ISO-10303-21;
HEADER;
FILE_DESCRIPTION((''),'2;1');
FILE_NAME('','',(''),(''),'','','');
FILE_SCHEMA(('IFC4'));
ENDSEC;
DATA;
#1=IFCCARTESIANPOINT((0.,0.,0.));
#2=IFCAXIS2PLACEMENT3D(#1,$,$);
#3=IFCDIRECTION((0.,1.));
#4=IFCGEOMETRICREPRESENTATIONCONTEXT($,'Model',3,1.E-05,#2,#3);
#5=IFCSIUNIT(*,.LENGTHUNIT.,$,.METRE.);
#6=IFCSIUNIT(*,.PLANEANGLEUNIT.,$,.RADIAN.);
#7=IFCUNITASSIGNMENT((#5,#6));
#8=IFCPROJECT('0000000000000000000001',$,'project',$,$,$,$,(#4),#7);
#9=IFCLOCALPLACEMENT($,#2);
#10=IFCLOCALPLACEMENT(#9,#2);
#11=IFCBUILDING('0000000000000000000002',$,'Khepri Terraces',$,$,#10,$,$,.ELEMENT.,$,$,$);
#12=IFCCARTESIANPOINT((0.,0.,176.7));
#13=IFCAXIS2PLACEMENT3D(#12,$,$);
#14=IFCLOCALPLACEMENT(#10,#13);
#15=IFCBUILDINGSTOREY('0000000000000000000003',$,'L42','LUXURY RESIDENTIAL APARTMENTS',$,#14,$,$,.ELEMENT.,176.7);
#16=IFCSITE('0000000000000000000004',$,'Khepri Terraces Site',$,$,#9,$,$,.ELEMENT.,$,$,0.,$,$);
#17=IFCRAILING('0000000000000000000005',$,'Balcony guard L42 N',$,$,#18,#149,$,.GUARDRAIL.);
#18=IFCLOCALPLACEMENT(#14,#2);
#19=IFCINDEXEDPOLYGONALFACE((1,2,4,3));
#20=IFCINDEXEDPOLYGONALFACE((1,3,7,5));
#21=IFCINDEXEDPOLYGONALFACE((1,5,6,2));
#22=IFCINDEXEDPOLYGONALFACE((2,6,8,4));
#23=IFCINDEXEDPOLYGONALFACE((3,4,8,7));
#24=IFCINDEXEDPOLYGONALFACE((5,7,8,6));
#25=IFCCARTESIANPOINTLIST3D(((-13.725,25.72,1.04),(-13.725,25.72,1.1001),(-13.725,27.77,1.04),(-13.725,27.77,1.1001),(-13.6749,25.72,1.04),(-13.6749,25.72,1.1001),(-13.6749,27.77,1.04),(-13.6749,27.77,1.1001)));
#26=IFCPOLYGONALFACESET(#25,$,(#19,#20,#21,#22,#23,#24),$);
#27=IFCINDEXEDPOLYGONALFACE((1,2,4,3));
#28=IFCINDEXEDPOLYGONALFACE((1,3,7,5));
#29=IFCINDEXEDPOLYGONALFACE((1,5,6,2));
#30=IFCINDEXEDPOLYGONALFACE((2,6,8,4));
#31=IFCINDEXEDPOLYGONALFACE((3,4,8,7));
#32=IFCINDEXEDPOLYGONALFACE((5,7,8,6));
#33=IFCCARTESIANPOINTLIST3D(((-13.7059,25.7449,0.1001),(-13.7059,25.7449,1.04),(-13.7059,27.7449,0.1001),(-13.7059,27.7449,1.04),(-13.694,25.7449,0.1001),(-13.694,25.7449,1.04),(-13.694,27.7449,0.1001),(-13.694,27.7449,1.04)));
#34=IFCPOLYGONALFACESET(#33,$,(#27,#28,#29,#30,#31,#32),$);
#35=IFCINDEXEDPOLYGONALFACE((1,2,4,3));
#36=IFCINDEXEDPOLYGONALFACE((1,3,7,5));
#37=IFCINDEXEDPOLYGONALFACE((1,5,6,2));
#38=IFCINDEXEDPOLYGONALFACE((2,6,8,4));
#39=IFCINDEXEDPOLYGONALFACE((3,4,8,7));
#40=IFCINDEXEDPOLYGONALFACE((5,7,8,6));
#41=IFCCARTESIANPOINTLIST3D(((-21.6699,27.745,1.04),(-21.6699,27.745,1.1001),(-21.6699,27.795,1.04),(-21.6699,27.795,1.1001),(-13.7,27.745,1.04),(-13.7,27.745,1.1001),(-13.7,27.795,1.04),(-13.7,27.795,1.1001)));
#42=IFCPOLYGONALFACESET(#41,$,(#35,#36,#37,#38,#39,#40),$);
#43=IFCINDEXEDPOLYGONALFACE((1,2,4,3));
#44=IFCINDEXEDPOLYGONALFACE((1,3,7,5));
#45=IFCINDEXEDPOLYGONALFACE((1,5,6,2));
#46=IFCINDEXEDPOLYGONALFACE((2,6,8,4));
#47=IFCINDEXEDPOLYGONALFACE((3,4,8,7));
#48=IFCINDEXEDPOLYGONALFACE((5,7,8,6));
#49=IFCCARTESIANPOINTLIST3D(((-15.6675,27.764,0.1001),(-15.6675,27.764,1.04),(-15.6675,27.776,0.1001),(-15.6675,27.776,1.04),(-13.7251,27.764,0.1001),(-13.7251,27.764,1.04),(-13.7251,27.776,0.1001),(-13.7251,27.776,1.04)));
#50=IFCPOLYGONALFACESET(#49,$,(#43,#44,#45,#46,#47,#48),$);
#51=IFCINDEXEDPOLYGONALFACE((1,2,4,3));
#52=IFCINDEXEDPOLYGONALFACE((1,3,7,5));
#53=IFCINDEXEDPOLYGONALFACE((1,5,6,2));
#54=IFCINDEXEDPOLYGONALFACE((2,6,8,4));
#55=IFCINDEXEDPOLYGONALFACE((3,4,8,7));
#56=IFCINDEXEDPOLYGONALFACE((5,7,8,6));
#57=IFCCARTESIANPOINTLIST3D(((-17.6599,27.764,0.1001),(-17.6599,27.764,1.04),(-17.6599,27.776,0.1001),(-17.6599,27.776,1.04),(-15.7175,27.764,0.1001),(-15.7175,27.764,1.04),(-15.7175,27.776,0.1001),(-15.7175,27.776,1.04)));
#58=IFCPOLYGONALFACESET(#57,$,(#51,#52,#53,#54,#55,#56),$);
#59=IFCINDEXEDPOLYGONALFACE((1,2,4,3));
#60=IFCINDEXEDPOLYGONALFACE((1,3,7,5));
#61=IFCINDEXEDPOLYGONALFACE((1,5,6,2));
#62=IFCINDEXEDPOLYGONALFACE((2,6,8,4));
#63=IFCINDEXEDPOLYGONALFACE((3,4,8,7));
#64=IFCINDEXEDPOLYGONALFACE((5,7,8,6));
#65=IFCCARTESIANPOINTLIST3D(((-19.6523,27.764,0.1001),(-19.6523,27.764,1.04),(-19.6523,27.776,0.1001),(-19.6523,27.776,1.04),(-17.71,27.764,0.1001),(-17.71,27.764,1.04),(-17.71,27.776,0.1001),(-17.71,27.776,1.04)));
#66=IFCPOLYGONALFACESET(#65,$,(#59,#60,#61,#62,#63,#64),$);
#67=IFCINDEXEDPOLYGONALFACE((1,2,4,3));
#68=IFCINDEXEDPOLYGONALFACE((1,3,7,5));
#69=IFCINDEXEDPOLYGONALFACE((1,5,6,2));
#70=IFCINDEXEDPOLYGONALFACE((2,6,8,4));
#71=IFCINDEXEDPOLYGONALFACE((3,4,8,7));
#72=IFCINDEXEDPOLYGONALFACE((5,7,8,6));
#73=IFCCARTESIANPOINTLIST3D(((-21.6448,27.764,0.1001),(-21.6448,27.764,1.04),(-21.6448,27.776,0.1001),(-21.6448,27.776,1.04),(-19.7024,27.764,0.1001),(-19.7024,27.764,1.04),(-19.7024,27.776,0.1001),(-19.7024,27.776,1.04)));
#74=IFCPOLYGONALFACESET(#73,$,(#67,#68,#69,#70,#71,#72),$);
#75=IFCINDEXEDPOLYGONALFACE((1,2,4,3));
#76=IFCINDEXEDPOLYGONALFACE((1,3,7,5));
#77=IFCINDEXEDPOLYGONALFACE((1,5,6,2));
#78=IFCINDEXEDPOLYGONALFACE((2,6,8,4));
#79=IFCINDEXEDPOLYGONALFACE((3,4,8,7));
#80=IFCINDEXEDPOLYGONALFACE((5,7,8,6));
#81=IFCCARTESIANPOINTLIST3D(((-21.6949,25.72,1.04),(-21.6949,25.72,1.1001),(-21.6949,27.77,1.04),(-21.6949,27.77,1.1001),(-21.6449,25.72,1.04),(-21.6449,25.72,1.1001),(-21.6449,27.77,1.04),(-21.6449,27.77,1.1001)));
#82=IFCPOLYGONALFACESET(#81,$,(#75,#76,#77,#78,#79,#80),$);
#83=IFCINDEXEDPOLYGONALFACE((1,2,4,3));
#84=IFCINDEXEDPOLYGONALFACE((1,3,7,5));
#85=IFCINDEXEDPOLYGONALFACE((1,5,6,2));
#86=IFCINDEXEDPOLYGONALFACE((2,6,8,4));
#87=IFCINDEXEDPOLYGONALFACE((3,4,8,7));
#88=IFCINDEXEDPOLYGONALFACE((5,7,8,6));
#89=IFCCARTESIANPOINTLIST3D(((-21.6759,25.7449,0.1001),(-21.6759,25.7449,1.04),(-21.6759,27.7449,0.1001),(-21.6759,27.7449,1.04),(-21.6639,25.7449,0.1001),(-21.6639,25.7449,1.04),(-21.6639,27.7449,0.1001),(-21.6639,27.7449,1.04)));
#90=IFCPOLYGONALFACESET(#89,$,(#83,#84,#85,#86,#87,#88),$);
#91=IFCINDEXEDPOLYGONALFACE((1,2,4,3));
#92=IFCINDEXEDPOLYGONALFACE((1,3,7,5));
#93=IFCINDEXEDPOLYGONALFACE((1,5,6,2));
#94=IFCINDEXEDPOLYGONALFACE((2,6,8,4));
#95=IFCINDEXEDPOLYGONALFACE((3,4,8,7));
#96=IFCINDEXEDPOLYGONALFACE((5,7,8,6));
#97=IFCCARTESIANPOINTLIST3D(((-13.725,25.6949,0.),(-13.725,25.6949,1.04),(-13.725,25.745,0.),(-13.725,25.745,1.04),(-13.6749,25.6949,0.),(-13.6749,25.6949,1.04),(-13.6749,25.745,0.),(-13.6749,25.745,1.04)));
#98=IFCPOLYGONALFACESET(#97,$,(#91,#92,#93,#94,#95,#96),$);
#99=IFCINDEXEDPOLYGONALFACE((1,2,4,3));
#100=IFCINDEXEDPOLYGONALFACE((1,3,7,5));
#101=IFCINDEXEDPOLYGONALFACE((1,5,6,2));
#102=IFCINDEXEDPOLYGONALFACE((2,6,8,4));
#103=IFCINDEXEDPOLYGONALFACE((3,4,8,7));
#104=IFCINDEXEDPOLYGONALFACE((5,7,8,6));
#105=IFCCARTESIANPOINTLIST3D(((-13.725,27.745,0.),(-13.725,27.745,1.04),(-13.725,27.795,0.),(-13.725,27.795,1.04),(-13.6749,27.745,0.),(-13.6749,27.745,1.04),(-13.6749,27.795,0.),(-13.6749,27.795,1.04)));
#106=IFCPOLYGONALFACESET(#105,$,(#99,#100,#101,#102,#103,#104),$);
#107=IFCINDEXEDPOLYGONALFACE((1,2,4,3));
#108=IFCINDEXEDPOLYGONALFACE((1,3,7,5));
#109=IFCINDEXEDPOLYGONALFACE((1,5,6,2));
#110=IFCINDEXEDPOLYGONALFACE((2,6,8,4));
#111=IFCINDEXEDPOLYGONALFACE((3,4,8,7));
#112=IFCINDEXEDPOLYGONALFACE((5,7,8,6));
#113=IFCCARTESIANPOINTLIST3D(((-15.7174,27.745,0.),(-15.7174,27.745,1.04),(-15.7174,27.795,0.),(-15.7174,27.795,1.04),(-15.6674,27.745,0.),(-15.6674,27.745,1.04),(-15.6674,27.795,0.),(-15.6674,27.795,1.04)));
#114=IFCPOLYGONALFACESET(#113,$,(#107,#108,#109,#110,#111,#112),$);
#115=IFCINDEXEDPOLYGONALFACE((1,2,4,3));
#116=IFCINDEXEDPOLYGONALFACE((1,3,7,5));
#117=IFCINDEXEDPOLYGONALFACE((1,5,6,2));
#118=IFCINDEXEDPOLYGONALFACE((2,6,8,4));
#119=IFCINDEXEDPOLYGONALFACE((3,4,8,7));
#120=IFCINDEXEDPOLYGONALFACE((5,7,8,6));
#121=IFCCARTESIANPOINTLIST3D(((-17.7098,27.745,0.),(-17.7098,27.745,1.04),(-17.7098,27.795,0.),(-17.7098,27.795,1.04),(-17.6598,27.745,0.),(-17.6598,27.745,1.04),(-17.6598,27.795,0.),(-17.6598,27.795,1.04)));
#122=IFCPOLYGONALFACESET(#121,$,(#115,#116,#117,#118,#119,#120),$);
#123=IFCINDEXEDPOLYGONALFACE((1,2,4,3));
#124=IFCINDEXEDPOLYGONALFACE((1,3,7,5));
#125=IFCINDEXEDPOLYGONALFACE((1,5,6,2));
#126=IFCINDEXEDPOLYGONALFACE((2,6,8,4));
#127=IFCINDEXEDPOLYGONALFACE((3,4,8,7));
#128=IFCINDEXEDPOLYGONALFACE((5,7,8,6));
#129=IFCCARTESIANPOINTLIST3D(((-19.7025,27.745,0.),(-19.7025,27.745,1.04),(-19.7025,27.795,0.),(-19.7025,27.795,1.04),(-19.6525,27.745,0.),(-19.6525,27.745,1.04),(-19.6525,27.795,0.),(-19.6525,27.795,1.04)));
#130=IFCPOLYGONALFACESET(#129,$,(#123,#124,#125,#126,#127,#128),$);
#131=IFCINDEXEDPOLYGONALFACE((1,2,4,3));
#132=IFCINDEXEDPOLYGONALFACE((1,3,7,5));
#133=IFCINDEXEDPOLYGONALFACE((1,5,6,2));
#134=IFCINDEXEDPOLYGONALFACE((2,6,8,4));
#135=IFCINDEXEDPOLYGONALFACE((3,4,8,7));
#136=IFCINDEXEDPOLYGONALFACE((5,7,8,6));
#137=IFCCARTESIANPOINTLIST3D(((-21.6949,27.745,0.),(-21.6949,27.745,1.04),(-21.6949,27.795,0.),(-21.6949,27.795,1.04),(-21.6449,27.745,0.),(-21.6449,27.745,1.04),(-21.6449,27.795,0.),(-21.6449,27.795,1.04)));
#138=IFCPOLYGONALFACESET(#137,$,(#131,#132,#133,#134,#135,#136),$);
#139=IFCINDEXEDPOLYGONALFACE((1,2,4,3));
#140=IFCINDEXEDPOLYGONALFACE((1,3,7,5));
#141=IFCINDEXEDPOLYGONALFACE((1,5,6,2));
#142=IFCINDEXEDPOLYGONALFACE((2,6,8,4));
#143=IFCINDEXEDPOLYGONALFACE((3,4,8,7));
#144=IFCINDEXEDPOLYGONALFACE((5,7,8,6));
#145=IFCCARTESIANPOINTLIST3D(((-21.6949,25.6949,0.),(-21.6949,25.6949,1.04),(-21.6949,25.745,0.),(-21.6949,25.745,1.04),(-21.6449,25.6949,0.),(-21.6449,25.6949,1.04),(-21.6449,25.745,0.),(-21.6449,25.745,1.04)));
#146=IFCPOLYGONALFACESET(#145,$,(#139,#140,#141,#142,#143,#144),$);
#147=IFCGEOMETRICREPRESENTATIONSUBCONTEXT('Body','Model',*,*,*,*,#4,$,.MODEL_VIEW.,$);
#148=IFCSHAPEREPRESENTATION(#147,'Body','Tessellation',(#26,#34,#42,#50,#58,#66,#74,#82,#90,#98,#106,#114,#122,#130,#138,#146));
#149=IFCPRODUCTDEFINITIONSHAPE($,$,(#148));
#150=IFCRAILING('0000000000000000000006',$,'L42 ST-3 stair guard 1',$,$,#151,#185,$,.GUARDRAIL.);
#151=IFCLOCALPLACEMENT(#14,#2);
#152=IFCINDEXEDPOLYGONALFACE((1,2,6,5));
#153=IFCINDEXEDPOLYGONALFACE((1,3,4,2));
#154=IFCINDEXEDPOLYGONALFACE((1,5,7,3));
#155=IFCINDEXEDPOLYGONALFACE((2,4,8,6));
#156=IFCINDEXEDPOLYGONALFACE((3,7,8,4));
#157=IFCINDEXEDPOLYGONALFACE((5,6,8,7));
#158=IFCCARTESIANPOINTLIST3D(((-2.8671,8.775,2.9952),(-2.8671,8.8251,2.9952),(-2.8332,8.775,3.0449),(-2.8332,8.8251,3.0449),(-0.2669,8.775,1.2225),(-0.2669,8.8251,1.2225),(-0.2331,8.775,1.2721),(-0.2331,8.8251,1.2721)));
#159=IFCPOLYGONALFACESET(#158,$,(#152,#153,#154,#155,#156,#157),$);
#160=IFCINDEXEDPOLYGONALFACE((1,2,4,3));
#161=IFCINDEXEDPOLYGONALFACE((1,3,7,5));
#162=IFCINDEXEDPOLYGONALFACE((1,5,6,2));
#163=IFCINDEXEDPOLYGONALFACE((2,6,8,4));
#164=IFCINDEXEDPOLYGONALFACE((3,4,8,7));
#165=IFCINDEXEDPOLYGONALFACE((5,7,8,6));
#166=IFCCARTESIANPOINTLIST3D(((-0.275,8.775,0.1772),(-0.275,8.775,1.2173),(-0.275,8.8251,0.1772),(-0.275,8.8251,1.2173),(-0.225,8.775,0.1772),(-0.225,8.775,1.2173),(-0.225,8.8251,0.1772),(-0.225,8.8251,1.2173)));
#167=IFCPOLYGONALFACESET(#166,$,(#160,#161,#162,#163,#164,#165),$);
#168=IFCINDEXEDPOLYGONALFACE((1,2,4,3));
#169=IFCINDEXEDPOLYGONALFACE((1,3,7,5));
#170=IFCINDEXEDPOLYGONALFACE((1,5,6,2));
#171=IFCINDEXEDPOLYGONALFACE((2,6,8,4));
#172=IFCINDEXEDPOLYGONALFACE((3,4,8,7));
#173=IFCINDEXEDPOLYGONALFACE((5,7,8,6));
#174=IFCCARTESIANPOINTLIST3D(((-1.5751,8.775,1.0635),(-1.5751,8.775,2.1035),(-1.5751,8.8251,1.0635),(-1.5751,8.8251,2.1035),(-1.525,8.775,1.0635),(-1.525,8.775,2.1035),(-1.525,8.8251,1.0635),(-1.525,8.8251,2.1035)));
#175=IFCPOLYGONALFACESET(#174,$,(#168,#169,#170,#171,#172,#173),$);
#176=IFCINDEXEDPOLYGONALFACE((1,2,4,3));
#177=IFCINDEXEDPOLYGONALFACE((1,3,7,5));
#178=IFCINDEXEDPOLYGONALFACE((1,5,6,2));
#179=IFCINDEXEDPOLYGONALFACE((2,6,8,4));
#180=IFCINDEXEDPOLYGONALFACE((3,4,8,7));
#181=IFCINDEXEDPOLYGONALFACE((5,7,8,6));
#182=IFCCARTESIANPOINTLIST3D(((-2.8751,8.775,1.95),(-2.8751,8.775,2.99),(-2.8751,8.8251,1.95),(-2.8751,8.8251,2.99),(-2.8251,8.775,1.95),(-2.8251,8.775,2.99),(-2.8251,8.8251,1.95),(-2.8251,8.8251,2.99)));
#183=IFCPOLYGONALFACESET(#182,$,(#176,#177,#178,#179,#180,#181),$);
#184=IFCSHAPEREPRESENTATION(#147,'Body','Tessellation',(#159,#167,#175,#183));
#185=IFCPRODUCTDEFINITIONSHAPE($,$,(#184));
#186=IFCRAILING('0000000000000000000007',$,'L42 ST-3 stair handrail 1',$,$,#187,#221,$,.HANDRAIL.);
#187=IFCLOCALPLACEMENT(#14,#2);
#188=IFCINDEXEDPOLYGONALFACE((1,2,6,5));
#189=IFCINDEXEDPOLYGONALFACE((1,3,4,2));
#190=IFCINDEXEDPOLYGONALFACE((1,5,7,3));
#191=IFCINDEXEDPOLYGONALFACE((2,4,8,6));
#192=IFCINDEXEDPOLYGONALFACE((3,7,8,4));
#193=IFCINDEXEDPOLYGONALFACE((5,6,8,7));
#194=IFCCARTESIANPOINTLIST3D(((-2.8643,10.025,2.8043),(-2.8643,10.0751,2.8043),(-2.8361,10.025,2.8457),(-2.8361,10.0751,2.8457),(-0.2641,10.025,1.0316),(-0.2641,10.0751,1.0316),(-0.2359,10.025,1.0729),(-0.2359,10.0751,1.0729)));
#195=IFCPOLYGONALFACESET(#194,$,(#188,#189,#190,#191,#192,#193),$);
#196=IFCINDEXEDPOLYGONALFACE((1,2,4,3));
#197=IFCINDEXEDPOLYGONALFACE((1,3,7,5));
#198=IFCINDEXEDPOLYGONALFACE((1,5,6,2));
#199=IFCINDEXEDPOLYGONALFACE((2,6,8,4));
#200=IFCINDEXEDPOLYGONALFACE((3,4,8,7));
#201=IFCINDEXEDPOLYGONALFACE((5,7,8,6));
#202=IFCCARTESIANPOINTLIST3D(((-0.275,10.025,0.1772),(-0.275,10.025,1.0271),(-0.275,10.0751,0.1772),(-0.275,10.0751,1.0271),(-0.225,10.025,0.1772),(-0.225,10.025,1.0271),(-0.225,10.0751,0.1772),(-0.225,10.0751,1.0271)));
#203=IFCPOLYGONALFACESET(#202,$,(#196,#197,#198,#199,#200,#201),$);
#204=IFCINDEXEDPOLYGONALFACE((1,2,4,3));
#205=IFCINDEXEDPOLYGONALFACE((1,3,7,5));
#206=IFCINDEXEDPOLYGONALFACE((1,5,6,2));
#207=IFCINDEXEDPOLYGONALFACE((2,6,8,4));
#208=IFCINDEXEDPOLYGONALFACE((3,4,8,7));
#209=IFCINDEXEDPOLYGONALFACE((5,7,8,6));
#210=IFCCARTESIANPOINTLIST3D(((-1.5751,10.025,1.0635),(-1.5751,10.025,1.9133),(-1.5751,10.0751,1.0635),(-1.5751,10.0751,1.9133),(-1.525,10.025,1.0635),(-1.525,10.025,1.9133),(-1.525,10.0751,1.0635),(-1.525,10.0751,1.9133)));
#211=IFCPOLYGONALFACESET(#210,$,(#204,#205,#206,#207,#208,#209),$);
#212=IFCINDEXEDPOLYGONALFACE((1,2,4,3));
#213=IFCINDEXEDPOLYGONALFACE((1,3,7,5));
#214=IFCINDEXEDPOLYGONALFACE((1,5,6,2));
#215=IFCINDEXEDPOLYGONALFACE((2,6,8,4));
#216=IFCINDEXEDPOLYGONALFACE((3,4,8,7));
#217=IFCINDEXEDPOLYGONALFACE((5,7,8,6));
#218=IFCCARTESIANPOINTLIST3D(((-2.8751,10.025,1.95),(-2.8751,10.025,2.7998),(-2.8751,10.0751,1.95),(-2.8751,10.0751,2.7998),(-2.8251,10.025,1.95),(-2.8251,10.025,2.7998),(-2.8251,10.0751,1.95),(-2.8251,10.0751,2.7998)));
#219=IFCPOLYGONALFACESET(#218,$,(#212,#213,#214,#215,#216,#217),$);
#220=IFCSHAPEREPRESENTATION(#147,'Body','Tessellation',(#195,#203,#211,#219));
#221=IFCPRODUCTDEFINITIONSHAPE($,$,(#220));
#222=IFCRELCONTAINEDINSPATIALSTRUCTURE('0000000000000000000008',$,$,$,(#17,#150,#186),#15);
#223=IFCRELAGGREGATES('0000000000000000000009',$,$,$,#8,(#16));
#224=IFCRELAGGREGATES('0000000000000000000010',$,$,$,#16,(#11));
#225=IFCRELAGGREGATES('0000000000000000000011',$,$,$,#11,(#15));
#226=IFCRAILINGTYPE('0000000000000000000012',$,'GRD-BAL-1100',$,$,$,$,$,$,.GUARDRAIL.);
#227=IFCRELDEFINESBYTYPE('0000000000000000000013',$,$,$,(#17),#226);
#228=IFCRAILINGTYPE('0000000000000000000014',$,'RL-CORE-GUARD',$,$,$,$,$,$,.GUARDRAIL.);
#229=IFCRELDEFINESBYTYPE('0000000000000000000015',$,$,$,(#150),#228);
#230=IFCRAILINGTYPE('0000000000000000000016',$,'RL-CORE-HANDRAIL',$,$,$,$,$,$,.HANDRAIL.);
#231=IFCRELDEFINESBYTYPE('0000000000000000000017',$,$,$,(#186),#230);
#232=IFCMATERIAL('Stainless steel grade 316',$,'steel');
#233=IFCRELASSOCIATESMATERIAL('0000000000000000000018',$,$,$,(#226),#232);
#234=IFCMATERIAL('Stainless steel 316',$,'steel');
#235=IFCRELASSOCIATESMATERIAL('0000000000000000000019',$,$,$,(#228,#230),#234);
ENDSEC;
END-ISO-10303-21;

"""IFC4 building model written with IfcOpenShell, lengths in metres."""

from ifc_helpers import new_model, si_unit, direction, frame, origin, origin_2d, place, context, subcontext, project, spatial, rectangle, extrude, material, type_object, element, save


model = new_model("IFC4")

# Units and contexts
model_context = context("Model", 3, precision=1e-05, world=origin(), true_north=direction((0.0, 1.0)))
body_context = subcontext(model_context, "Body", "Model", "MODEL_VIEW")
ifc_project = project(units=[si_unit("LENGTHUNIT", "METRE"), si_unit("PLANEANGLEUNIT", "RADIAN")], contexts=[model_context])

# Site, building, storey
site_placement = place(None, origin())
site = spatial("IfcSite", under=ifc_project, at=site_placement, Name="Khepri Terraces Site", CompositionType="ELEMENT", RefElevation=0.0)
building_placement = place(site_placement, origin())
building = spatial("IfcBuilding", under=site, at=building_placement, Name="Khepri Terraces", CompositionType="ELEMENT")
storey_placement = place(building_placement, frame((0.0, 0.0, 176.7)))
storey = spatial("IfcBuildingStorey", under=building, at=storey_placement, Name="L42", Description="LUXURY RESIDENTIAL APARTMENTS", CompositionType="ELEMENT", Elevation=176.7)

# Railings
ifc_material_1 = material(Name="Stainless steel grade 316", Category="steel")
railing_type_1 = type_object("IfcRailingType", Name="GRD-BAL-1100", PredefinedType="GUARDRAIL", material=ifc_material_1)
railing_1_placement = place(storey_placement, frame((-13.7, 25.72, 0.0)))
element("IfcRailing", 1, at=railing_1_placement, inside=storey, type_object=railing_type_1, Name="Balcony guard L42 N", PredefinedType="GUARDRAIL", context=body_context, shape_type="SweptSolid", body=[
    extrude(rectangle(XDim=0.05, YDim=0.0601, at=origin_2d()), frame((0.0, 0.0, 1.0701), z_axis=(0.0, 1.0, 0.0), x_axis=(-1.0, 0.0, 0.0)), (0.0, 0.0, 1.0), 2.05),
    extrude(rectangle(XDim=2.0, YDim=0.012, at=origin_2d()), frame((0.0, 1.0249, 0.1001), z_axis=(0.0, 0.0, 1.0), x_axis=(0.0, 1.0, 0.0)), (0.0, 0.0, 1.0), 0.9399),
    extrude(rectangle(XDim=0.05, YDim=0.0601, at=origin_2d()), frame((0.0, 2.05, 1.0701), z_axis=(-1.0, 0.0, 0.0), x_axis=(0.0, -1.0, 0.0)), (0.0, 0.0, 1.0), 7.97),
    extrude(rectangle(XDim=1.9424, YDim=0.012, at=origin_2d()), frame((-0.9963, 2.05, 0.1001), z_axis=(0.0, 0.0, 1.0), x_axis=(-1.0, 0.0, 0.0)), (0.0, 0.0, 1.0), 0.9399),
    extrude(rectangle(XDim=1.9424, YDim=0.012, at=origin_2d()), frame((-2.9888, 2.05, 0.1001), z_axis=(0.0, 0.0, 1.0), x_axis=(-1.0, 0.0, 0.0)), (0.0, 0.0, 1.0), 0.9399),
    extrude(rectangle(XDim=1.9424, YDim=0.012, at=origin_2d()), frame((-4.9812, 2.05, 0.1001), z_axis=(0.0, 0.0, 1.0), x_axis=(-1.0, 0.0, 0.0)), (0.0, 0.0, 1.0), 0.9399),
    extrude(rectangle(XDim=1.9424, YDim=0.012, at=origin_2d()), frame((-6.9736, 2.05, 0.1001), z_axis=(0.0, 0.0, 1.0), x_axis=(-1.0, 0.0, 0.0)), (0.0, 0.0, 1.0), 0.9399),
    extrude(rectangle(XDim=0.05, YDim=0.0601, at=origin_2d()), frame((-7.97, 2.05, 1.0701), z_axis=(0.0, -1.0, 0.0), x_axis=(1.0, 0.0, 0.0)), (0.0, 0.0, 1.0), 2.05),
    extrude(rectangle(XDim=2.0, YDim=0.012, at=origin_2d()), frame((-7.97, 1.0249, 0.1001), z_axis=(0.0, 0.0, 1.0), x_axis=(0.0, -1.0, 0.0)), (0.0, 0.0, 1.0), 0.9399),
    extrude(rectangle(XDim=0.05, YDim=0.05, at=origin_2d()), origin(), (0.0, 0.0, 1.0), 1.04),
    extrude(rectangle(XDim=0.05, YDim=0.05, at=origin_2d()), frame((0.0, 2.05, 0.0)), (0.0, 0.0, 1.0), 1.04),
    extrude(rectangle(XDim=0.05, YDim=0.05, at=origin_2d()), frame((-1.9924, 2.05, 0.0)), (0.0, 0.0, 1.0), 1.04),
    extrude(rectangle(XDim=0.05, YDim=0.05, at=origin_2d()), frame((-3.9849, 2.05, 0.0)), (0.0, 0.0, 1.0), 1.04),
    extrude(rectangle(XDim=0.05, YDim=0.05, at=origin_2d()), frame((-5.9775, 2.05, 0.0)), (0.0, 0.0, 1.0), 1.04),
    extrude(rectangle(XDim=0.05, YDim=0.05, at=origin_2d()), frame((-7.97, 2.05, 0.0)), (0.0, 0.0, 1.0), 1.04),
    extrude(rectangle(XDim=0.05, YDim=0.05, at=origin_2d()), frame((-7.97, 0.0, 0.0)), (0.0, 0.0, 1.0), 1.04),
])
ifc_material_2 = material(Name="Stainless steel 316", Category="steel")
railing_type_2 = type_object("IfcRailingType", Name="RL-CORE-GUARD", PredefinedType="GUARDRAIL", material=ifc_material_2)
railing_2_placement = place(storey_placement, frame((-0.25, 8.8, 0.1772)))
element("IfcRailing", 2, at=railing_2_placement, inside=storey, type_object=railing_type_2, Name="L42 ST-3 stair guard 1", PredefinedType="GUARDRAIL", context=body_context, shape_type="SweptSolid", body=[
    extrude(rectangle(XDim=0.05, YDim=0.0601, at=origin_2d()), frame((0.0, 0.0, 1.0701), z_axis=(-0.82624, 0.0, 0.563318), x_axis=(0.0, -1.0, 0.0)), (0.0, 0.0, 1.0), 3.147),
    extrude(rectangle(XDim=0.05, YDim=0.05, at=origin_2d()), origin(), (0.0, 0.0, 1.0), 1.04),
    extrude(rectangle(XDim=0.05, YDim=0.05, at=origin_2d()), frame((-1.3, 0.0, 0.8862)), (0.0, 0.0, 1.0), 1.04),
    extrude(rectangle(XDim=0.05, YDim=0.05, at=origin_2d()), frame((-2.6001, 0.0, 1.7727)), (0.0, 0.0, 1.0), 1.04),
])
railing_type_3 = type_object("IfcRailingType", Name="RL-CORE-HANDRAIL", PredefinedType="HANDRAIL", material=ifc_material_2)
railing_3_placement = place(storey_placement, frame((-0.25, 10.05, 0.1772)))
element("IfcRailing", 3, at=railing_3_placement, inside=storey, type_object=railing_type_3, Name="L42 ST-3 stair handrail 1", PredefinedType="HANDRAIL", context=body_context, shape_type="SweptSolid", body=[
    extrude(rectangle(XDim=0.05, YDim=0.05, at=origin_2d()), frame((0.0, 0.0, 0.875), z_axis=(-0.82624, 0.0, 0.563318), x_axis=(0.0, -1.0, 0.0)), (0.0, 0.0, 1.0), 3.147),
    extrude(rectangle(XDim=0.05, YDim=0.05, at=origin_2d()), origin(), (0.0, 0.0, 1.0), 0.8499),
    extrude(rectangle(XDim=0.05, YDim=0.05, at=origin_2d()), frame((-1.3, 0.0, 0.8862)), (0.0, 0.0, 1.0), 0.8499),
    extrude(rectangle(XDim=0.05, YDim=0.05, at=origin_2d()), frame((-2.6001, 0.0, 1.7727)), (0.0, 0.0, 1.0), 0.8499),
])

save(model, "model.ifc")
